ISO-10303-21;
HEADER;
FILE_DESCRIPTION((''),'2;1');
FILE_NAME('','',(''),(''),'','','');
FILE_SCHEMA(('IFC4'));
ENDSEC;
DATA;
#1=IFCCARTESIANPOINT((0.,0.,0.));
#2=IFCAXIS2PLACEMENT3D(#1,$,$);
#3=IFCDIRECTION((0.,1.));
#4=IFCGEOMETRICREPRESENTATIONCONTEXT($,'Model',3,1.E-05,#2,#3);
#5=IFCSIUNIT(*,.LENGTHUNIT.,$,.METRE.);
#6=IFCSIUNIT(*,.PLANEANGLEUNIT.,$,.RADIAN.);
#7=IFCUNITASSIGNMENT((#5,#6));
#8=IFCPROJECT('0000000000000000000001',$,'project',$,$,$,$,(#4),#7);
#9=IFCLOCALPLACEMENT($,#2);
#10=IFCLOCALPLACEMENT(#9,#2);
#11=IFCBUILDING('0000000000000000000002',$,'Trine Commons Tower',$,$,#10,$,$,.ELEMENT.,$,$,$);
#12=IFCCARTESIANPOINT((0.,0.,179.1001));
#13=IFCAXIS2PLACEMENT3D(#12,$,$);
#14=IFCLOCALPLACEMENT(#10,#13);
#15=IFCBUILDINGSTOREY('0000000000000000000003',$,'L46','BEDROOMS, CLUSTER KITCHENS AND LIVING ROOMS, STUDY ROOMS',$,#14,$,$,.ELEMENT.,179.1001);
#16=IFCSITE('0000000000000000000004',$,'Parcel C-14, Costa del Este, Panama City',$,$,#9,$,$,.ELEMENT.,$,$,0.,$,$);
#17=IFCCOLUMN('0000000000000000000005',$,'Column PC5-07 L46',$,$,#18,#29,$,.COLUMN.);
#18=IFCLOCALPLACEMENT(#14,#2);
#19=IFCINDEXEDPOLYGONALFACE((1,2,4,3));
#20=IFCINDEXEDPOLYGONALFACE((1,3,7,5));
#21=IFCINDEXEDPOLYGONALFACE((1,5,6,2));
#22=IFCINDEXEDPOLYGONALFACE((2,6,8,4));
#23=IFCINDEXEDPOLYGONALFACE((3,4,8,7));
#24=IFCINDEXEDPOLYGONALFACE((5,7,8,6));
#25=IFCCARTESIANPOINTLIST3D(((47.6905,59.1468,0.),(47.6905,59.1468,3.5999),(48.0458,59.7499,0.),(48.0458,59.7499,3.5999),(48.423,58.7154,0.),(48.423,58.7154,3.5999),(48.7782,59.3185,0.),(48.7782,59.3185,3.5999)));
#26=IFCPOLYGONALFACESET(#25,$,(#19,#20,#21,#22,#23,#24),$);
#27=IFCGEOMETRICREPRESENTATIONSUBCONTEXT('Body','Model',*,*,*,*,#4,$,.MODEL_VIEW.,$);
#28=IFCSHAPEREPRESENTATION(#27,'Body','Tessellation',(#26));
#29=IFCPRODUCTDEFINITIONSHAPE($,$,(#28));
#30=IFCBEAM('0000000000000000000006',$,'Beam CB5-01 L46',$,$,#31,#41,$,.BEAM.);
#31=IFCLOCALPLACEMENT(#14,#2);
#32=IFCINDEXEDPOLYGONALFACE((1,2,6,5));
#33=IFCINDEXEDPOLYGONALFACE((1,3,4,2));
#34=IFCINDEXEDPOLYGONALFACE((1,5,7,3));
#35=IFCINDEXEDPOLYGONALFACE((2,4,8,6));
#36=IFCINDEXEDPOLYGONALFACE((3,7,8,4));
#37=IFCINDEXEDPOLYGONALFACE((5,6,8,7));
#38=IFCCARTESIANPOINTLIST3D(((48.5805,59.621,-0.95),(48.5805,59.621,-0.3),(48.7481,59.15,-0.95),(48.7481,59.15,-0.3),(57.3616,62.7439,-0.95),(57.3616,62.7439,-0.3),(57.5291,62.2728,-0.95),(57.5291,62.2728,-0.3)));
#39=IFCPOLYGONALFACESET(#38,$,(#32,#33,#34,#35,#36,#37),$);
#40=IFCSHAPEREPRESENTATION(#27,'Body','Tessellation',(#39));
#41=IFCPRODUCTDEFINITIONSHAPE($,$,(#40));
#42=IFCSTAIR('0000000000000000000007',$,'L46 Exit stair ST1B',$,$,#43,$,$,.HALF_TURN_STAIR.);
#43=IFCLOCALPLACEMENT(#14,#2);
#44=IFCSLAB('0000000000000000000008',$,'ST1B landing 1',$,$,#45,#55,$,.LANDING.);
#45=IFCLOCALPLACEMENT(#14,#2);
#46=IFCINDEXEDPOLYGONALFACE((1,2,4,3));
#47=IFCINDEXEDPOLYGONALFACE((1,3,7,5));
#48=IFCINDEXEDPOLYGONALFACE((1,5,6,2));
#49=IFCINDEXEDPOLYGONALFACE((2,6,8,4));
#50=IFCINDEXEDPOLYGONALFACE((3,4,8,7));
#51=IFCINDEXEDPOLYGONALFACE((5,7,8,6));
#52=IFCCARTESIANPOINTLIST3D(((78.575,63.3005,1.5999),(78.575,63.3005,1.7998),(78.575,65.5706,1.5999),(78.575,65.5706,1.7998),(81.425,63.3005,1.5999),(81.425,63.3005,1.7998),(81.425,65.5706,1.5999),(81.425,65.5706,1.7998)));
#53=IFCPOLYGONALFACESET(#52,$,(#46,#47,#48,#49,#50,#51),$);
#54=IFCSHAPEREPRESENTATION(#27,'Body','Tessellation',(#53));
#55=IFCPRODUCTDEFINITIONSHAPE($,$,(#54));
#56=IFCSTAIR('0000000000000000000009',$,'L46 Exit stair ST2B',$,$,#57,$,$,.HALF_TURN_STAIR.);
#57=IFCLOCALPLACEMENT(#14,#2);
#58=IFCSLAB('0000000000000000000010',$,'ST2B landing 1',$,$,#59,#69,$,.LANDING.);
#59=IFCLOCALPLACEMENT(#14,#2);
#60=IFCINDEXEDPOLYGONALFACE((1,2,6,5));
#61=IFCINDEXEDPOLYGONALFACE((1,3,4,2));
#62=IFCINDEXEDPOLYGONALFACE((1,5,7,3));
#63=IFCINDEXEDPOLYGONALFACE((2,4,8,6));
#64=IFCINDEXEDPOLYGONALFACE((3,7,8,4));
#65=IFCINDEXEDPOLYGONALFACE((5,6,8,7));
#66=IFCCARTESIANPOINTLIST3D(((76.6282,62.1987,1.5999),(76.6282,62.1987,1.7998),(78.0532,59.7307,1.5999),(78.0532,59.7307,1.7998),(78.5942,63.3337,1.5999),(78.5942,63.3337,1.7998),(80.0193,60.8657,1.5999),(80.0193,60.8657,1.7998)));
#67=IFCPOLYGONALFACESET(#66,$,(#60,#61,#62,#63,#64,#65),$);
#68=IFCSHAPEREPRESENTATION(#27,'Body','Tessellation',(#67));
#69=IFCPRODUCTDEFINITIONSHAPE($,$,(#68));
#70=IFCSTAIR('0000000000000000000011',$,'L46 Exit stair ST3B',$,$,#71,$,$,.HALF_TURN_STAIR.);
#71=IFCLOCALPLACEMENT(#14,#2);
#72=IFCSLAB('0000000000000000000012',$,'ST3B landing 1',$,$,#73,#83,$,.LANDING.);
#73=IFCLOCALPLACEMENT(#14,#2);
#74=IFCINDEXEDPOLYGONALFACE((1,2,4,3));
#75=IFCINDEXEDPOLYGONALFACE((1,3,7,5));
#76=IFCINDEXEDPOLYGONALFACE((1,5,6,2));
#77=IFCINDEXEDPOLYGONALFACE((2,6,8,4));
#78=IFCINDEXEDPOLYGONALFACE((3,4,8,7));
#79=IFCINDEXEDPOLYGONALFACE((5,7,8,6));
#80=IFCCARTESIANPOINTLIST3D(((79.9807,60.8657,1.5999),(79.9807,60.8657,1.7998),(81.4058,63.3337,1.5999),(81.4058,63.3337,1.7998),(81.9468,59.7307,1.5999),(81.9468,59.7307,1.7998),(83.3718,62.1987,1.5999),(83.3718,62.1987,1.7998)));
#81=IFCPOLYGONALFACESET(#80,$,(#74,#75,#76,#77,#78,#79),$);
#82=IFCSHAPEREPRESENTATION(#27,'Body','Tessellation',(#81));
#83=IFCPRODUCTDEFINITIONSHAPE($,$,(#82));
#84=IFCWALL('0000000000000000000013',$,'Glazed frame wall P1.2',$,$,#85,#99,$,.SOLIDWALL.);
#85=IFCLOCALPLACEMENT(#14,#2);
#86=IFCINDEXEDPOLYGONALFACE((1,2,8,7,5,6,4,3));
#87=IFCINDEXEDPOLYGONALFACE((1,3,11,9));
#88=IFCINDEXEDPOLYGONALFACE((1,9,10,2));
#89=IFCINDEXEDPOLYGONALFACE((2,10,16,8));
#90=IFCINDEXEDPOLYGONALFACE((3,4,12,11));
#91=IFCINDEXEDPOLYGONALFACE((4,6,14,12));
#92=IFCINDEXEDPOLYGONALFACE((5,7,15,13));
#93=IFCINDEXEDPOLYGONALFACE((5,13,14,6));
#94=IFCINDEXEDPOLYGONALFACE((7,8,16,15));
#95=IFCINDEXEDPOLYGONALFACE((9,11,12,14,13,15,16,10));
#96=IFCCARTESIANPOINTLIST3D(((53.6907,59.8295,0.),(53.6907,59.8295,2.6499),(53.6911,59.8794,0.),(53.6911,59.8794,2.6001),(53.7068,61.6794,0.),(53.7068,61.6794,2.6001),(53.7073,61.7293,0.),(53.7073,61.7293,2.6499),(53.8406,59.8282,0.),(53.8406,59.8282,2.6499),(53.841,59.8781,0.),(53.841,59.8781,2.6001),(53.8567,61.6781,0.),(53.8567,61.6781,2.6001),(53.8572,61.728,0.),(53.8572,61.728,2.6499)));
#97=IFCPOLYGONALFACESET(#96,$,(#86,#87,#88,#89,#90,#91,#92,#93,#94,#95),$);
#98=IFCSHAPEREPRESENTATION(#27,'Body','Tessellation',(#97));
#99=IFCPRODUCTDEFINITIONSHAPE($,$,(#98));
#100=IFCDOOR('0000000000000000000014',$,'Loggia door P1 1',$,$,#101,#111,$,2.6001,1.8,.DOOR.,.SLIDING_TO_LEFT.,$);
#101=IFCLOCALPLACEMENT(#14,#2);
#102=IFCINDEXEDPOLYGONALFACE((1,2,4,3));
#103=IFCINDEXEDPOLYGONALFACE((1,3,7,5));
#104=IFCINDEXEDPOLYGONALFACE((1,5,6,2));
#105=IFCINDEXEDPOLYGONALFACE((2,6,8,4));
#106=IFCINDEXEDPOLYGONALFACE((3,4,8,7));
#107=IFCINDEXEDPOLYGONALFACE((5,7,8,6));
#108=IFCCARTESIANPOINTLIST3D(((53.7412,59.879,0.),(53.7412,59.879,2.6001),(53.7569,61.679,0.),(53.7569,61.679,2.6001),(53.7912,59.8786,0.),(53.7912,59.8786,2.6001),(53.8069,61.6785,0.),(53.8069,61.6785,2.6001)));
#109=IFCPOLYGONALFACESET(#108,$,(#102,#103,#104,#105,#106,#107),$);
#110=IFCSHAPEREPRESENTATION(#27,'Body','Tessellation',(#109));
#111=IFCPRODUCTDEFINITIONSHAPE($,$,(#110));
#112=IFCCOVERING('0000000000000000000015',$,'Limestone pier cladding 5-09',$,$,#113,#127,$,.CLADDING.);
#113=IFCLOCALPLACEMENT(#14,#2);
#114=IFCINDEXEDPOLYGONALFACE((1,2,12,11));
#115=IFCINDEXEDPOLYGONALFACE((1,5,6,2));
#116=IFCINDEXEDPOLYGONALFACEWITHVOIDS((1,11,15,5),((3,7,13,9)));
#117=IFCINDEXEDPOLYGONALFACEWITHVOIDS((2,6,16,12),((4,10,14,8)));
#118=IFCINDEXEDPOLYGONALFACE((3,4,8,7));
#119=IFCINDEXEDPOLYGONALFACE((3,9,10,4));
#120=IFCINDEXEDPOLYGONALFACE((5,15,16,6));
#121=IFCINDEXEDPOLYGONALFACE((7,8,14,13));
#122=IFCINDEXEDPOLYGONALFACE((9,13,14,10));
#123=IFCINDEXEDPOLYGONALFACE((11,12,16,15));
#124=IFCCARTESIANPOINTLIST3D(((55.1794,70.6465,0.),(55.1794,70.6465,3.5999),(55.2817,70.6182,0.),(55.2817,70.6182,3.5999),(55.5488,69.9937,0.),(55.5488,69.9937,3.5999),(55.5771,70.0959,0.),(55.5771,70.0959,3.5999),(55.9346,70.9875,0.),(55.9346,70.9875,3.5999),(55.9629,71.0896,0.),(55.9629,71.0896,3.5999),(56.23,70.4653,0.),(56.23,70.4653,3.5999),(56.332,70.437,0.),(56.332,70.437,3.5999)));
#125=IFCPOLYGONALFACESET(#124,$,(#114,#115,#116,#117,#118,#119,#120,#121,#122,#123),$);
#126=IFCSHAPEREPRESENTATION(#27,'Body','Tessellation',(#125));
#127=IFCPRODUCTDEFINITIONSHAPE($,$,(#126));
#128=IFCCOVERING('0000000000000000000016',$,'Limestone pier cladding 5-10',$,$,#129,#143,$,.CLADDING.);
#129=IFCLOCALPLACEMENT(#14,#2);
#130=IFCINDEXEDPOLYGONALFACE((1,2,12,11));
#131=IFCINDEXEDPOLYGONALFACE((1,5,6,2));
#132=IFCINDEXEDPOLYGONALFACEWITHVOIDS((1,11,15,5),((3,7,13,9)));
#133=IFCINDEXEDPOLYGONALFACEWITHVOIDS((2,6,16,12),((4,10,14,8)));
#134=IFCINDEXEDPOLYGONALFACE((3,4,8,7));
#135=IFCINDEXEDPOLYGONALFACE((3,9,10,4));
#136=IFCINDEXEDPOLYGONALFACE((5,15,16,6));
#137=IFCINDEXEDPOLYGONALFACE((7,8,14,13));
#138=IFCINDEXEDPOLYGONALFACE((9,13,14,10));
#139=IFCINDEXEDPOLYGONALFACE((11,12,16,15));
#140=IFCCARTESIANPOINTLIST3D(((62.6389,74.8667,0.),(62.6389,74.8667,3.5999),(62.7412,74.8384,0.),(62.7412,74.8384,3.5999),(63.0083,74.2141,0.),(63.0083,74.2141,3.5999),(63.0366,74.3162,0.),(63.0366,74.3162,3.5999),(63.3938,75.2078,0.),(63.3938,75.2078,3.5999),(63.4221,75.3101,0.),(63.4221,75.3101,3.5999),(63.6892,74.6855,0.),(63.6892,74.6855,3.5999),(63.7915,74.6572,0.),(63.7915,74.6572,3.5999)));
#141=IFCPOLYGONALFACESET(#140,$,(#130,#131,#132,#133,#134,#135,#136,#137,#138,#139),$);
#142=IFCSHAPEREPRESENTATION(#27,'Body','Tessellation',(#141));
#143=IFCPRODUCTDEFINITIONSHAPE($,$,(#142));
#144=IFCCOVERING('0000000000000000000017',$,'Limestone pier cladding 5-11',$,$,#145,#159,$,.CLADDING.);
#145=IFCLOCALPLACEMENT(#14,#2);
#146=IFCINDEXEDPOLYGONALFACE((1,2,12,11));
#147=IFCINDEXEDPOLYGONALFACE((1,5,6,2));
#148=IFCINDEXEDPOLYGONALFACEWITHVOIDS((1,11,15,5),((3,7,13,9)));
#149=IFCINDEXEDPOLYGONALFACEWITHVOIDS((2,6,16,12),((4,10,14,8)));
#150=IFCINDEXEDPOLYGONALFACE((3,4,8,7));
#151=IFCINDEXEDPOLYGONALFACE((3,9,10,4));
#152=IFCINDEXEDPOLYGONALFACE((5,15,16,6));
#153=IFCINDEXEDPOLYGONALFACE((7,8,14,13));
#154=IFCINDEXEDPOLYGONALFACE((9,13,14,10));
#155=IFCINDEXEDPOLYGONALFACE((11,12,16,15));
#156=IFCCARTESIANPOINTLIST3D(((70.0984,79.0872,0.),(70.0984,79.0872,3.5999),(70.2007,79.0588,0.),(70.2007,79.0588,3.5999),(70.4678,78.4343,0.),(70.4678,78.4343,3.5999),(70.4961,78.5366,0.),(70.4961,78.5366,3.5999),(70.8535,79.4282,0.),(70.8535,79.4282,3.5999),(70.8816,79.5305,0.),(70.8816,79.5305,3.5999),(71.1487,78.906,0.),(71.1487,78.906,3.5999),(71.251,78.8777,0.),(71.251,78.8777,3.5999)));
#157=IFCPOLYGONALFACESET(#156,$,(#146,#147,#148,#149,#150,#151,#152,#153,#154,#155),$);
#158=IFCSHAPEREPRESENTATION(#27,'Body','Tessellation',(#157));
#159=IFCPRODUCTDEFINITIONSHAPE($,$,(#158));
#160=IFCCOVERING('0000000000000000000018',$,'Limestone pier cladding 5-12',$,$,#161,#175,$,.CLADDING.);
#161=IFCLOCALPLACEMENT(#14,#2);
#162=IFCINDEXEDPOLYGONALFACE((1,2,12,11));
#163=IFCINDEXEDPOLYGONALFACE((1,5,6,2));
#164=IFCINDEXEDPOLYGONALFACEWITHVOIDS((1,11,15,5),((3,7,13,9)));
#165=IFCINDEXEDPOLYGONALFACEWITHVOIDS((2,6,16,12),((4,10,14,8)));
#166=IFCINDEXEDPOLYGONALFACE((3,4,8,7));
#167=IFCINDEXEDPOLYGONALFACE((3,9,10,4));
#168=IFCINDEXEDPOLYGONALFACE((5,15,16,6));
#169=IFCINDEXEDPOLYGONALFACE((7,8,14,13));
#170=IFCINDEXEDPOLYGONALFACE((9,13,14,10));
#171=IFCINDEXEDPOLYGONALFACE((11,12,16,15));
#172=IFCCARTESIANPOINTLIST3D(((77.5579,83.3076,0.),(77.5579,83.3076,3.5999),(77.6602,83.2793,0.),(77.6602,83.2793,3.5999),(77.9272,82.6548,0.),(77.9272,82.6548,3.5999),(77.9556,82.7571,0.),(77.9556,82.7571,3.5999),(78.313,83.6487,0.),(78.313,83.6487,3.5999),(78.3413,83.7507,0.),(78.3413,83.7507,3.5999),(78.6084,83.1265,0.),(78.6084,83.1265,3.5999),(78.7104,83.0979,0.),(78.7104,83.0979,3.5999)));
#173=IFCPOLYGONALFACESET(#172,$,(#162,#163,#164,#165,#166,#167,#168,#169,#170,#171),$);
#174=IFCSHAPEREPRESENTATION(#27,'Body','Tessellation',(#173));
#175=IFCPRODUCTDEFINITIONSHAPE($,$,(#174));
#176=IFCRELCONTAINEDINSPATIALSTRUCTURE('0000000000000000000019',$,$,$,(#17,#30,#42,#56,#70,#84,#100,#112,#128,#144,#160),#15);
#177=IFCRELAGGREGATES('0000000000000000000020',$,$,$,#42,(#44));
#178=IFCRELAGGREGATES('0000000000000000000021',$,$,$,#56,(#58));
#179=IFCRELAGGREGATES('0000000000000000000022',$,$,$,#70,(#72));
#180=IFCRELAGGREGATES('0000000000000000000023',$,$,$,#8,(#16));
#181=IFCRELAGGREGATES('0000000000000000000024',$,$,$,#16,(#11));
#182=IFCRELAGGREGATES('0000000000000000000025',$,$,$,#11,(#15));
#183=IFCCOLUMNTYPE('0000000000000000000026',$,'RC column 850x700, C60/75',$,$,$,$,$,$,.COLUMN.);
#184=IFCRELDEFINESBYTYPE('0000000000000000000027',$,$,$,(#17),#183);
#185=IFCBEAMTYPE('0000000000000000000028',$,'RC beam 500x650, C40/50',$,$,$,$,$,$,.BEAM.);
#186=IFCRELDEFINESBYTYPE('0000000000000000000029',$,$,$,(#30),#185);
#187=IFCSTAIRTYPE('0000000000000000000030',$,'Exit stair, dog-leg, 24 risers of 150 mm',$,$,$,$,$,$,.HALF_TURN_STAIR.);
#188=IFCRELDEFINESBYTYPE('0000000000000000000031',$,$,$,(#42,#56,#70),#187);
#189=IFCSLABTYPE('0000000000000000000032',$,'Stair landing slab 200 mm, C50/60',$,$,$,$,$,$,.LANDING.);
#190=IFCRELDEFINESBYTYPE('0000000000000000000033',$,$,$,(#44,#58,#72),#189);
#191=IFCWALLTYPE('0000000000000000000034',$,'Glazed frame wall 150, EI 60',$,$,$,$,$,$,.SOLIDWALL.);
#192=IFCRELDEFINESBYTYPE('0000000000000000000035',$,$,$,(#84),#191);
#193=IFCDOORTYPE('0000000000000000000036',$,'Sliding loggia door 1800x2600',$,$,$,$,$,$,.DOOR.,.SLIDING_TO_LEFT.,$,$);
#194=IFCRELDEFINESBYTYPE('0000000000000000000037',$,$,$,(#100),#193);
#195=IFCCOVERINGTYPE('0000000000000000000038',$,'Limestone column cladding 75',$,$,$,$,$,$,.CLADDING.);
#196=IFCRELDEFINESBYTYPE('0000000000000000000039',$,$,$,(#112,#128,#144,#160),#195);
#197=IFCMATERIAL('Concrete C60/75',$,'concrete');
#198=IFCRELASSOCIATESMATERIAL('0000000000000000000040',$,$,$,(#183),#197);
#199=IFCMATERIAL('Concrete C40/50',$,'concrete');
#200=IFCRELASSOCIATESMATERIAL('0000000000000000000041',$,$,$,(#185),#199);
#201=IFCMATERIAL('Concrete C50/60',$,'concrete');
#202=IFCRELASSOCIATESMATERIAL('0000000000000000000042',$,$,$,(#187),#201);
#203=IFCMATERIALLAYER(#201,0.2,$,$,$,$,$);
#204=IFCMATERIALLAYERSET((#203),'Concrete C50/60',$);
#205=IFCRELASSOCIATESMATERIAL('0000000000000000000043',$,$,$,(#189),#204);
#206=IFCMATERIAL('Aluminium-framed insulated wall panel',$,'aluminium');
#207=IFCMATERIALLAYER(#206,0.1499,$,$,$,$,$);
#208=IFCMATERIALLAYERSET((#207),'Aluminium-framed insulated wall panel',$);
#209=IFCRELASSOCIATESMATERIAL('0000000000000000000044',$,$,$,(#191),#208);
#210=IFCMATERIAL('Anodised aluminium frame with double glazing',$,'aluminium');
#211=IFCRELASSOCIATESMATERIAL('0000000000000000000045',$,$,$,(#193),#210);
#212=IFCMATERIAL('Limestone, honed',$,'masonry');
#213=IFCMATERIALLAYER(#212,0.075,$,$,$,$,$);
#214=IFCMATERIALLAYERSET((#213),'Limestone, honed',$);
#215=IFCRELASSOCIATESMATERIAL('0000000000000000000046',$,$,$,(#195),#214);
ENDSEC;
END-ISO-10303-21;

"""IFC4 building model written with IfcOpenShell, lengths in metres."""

from ifc_helpers import new_model, si_unit, direction, frame, frame_2d, origin, origin_2d, place, context, subcontext, project, spatial, polyline, rectangle, outline, extrude, material, layer, layer_set, material_profile, profile_set, type_object, element, fill, aggregate, save


model = new_model("IFC4")

# Units and contexts
model_context = context("Model", 3, precision=1e-05, world=origin(), true_north=direction((0.0, 1.0)))
body_context = subcontext(model_context, "Body", "Model", "MODEL_VIEW")
ifc_project = project(units=[si_unit("LENGTHUNIT", "METRE"), si_unit("PLANEANGLEUNIT", "RADIAN")], contexts=[model_context])

# Site, building, storey
site_placement = place(None, origin())
site = spatial("IfcSite", under=ifc_project, at=site_placement, Name="Parcel C-14, Costa del Este, Panama City", CompositionType="ELEMENT", RefElevation=0.0)
building_placement = place(site_placement, origin())
building = spatial("IfcBuilding", under=site, at=building_placement, Name="Trine Commons Tower", CompositionType="ELEMENT")
storey_placement = place(building_placement, frame((0.0, 0.0, 179.1001)))
storey = spatial("IfcBuildingStorey", under=building, at=storey_placement, Name="L46", Description="BEDROOMS, CLUSTER KITCHENS AND LIVING ROOMS, STUDY ROOMS", CompositionType="ELEMENT", Elevation=179.1001)

# Column
ifc_material_1 = material(Name="Concrete C60/75", Category="concrete")
ifc_material_profile_1 = material_profile(ifc_material_1, rectangle(XDim=0.8501, YDim=0.7, at=origin_2d()), Name="RC 850x700")
ifc_profile_set_1 = profile_set([ifc_material_profile_1], Name="Concrete C60/75")
column_type = type_object("IfcColumnType", Name="RC column 850x700, C60/75", PredefinedType="COLUMN", material=ifc_profile_set_1)
column_placement = place(storey_placement, frame((48.2344, 59.2327, 0.0), z_axis=(0.0, 0.0, 1.0), x_axis=(-0.861629, 0.507538, 0.0)))
element("IfcColumn", 1, at=column_placement, inside=storey, type_object=column_type, Name="Column PC5-07 L46", PredefinedType="COLUMN", context=body_context, shape_type="SweptSolid", body=[
    extrude(rectangle(XDim=0.8501, YDim=0.7, at=origin_2d()), origin(), (0.0, 0.0, 1.0), 3.5999),
])

# Beam
ifc_material_2 = material(Name="Concrete C40/50", Category="concrete")
ifc_material_profile_2 = material_profile(ifc_material_2, rectangle(XDim=0.5, YDim=0.6499, at=origin_2d()), Name="RC 500x650")
ifc_profile_set_2 = profile_set([ifc_material_profile_2], Name="Concrete C40/50")
beam_type = type_object("IfcBeamType", Name="RC beam 500x650, C40/50", PredefinedType="BEAM", material=ifc_profile_set_2)
beam_placement = place(storey_placement, frame((48.6643, 59.3855, -0.625), z_axis=(0.942192, 0.335073, 0.0), x_axis=(-0.335073, 0.942192, 0.0)))
element("IfcBeam", 2, at=beam_placement, inside=storey, type_object=beam_type, Name="Beam CB5-01 L46", PredefinedType="BEAM", context=body_context, shape_type="SweptSolid", body=[
    extrude(rectangle(XDim=0.5, YDim=0.6499, at=origin_2d()), origin(), (0.0, 0.0, 1.0), 9.3198),
])

# Stairs, slabs
ifc_material_3 = material(Name="Concrete C50/60", Category="concrete")
stair_type = type_object("IfcStairType", Name="Exit stair, dog-leg, 24 risers of 150 mm", PredefinedType="HALF_TURN_STAIR", material=ifc_material_3)
stair_1_placement = place(storey_placement, origin())
stair_1 = element("IfcStair", 3, at=stair_1_placement, inside=storey, type_object=stair_type, Name="L46 Exit stair ST1B", PredefinedType="HALF_TURN_STAIR")
ifc_layer_1 = layer(ifc_material_3, 0.2)
ifc_layer_set_1 = layer_set([ifc_layer_1], Name="Concrete C50/60")
slab_type = type_object("IfcSlabType", Name="Stair landing slab 200 mm, C50/60", PredefinedType="LANDING", material=ifc_layer_set_1)
slab_1_placement = place(storey_placement, frame((0.0, 0.0, 1.5999)))
slab_1 = element("IfcSlab", 4, at=slab_1_placement, type_object=slab_type, Name="ST1B landing 1", PredefinedType="LANDING", context=body_context, shape_type="SweptSolid", body=[
    extrude(outline(polyline([(78.575, 65.5706), (78.575, 63.3005), (81.425, 63.3005), (81.425, 65.5706), (78.575, 65.5706)])), origin(), (0.0, 0.0, 1.0), 0.2),
])
aggregate(stair_1, [slab_1])
stair_2_placement = place(storey_placement, origin())
stair_2 = element("IfcStair", 5, at=stair_2_placement, inside=storey, type_object=stair_type, Name="L46 Exit stair ST2B", PredefinedType="HALF_TURN_STAIR")
slab_2_placement = place(storey_placement, frame((0.0, 0.0, 1.5999)))
slab_2 = element("IfcSlab", 6, at=slab_2_placement, type_object=slab_type, Name="ST2B landing 1", PredefinedType="LANDING", context=body_context, shape_type="SweptSolid", body=[
    extrude(outline(polyline([(78.0532, 59.7307), (80.0193, 60.8657), (78.5942, 63.3337), (76.6282, 62.1987), (78.0532, 59.7307)])), origin(), (0.0, 0.0, 1.0), 0.2),
])
aggregate(stair_2, [slab_2])
stair_3_placement = place(storey_placement, origin())
stair_3 = element("IfcStair", 7, at=stair_3_placement, inside=storey, type_object=stair_type, Name="L46 Exit stair ST3B", PredefinedType="HALF_TURN_STAIR")
slab_3_placement = place(storey_placement, frame((0.0, 0.0, 1.5999)))
slab_3 = element("IfcSlab", 8, at=slab_3_placement, type_object=slab_type, Name="ST3B landing 1", PredefinedType="LANDING", context=body_context, shape_type="SweptSolid", body=[
    extrude(outline(polyline([(83.3718, 62.1987), (81.4058, 63.3337), (79.9807, 60.8657), (81.9468, 59.7307), (83.3718, 62.1987)])), origin(), (0.0, 0.0, 1.0), 0.2),
])
aggregate(stair_3, [slab_3])

# Shared definitions
ifc_material_4 = material(Name="Aluminium-framed insulated wall panel", Category="aluminium")
ifc_layer_2 = layer(ifc_material_4, 0.1499)
ifc_layer_set_2 = layer_set([ifc_layer_2], Name="Aluminium-framed insulated wall panel")
wall_type = type_object("IfcWallType", Name="Glazed frame wall 150, EI 60", PredefinedType="SOLIDWALL", material=ifc_layer_set_2)

# Wall, opening, door
wall_1_placement = place(storey_placement, frame((53.7656, 59.8289, 0.0), z_axis=(0.0, 0.0, 1.0), x_axis=(0.008738, 0.999962, 0.0)))
wall_1 = element("IfcWall", 9, at=wall_1_placement, inside=storey, type_object=wall_type, Name="Glazed frame wall P1.2", PredefinedType="SOLIDWALL", context=body_context, shape_type="SweptSolid", body=[
    extrude(outline(polyline([(0.0, -0.075), (1.8999, -0.075), (1.8999, 0.075), (0.0, 0.075), (0.0, -0.075)])), origin(), (0.0, 0.0, 1.0), 2.6499),
])
opening_placement = place(wall_1_placement, frame((0.05, 0.0, 0.0)))
opening = element("IfcOpeningElement", 10, at=opening_placement, cuts=wall_1, PredefinedType="OPENING", context=body_context, shape_type="SweptSolid", body=[
    extrude(rectangle(XDim=1.8, YDim=2.6001, at=frame_2d((0.8999, 1.3))), frame((0.0, 0.085, 0.0), z_axis=(0.0, -1.0, 0.0), x_axis=(1.0, 0.0, 0.0)), (0.0, 0.0, 1.0), 0.1699),
])
ifc_material_5 = material(Name="Anodised aluminium frame with double glazing", Category="aluminium")
door_type = type_object("IfcDoorType", Name="Sliding loggia door 1800x2600", OperationType="SLIDING_TO_LEFT", PredefinedType="DOOR", material=ifc_material_5)
door_placement = place(opening_placement, origin())
door = element("IfcDoor", 11, at=door_placement, inside=storey, type_object=door_type, Name="Loggia door P1 1", OperationType="SLIDING_TO_LEFT", OverallHeight=2.6001, OverallWidth=1.8, PredefinedType="DOOR", context=body_context, shape_type="SweptSolid", body=[
    extrude(rectangle(XDim=1.8, YDim=2.6001, at=frame_2d((0.8999, 1.3))), frame((0.0, 0.0249, 0.0), z_axis=(0.0, -1.0, 0.0), x_axis=(1.0, 0.0, 0.0)), (0.0, 0.0, 1.0), 0.05),
])
fill(opening, door)

# Coverings
ifc_material_6 = material(Name="Limestone, honed", Category="masonry")
ifc_layer_3 = layer(ifc_material_6, 0.075)
ifc_layer_set_3 = layer_set([ifc_layer_3], Name="Limestone, honed")
covering_type_1 = type_object("IfcCoveringType", Name="Limestone column cladding 75", PredefinedType="CLADDING", material=ifc_layer_set_3)
covering_1_placement = place(storey_placement, origin())
element("IfcCovering", 12, at=covering_1_placement, inside=storey, type_object=covering_type_1, Name="Limestone pier cladding 5-09", PredefinedType="CLADDING", context=body_context, shape_type="SweptSolid", body=[
    extrude(outline(polyline([(56.332, 70.437), (55.9629, 71.0896), (55.1794, 70.6465), (55.5488, 69.9937), (56.332, 70.437)]), holes=[polyline([(56.23, 70.4653), (55.9346, 70.9875), (55.2817, 70.6182), (55.5771, 70.0959), (56.23, 70.4653)])]), origin(), (0.0, 0.0, 1.0), 3.5999),
])
covering_2_placement = place(storey_placement, origin())
element("IfcCovering", 13, at=covering_2_placement, inside=storey, type_object=covering_type_1, Name="Limestone pier cladding 5-10", PredefinedType="CLADDING", context=body_context, shape_type="SweptSolid", body=[
    extrude(outline(polyline([(63.7915, 74.6572), (63.4221, 75.3101), (62.6389, 74.8667), (63.0083, 74.2141), (63.7915, 74.6572)]), holes=[polyline([(63.6892, 74.6855), (63.3938, 75.2078), (62.7412, 74.8384), (63.0366, 74.3162), (63.6892, 74.6855)])]), origin(), (0.0, 0.0, 1.0), 3.5999),
])
covering_3_placement = place(storey_placement, origin())
element("IfcCovering", 14, at=covering_3_placement, inside=storey, type_object=covering_type_1, Name="Limestone pier cladding 5-11", PredefinedType="CLADDING", context=body_context, shape_type="SweptSolid", body=[
    extrude(outline(polyline([(71.251, 78.8777), (70.8816, 79.5305), (70.0984, 79.0872), (70.4678, 78.4343), (71.251, 78.8777)]), holes=[polyline([(71.1487, 78.906), (70.8535, 79.4282), (70.2007, 79.0588), (70.4961, 78.5366), (71.1487, 78.906)])]), origin(), (0.0, 0.0, 1.0), 3.5999),
])
covering_4_placement = place(storey_placement, origin())
element("IfcCovering", 15, at=covering_4_placement, inside=storey, type_object=covering_type_1, Name="Limestone pier cladding 5-12", PredefinedType="CLADDING", context=body_context, shape_type="SweptSolid", body=[
    extrude(outline(polyline([(78.7104, 83.0979), (78.3413, 83.7507), (77.5579, 83.3076), (77.9272, 82.6548), (78.7104, 83.0979)]), holes=[polyline([(78.6084, 83.1265), (78.313, 83.6487), (77.6602, 83.2793), (77.9556, 82.7571), (78.6084, 83.1265)])]), origin(), (0.0, 0.0, 1.0), 3.5999),
])

save(model, "model.ifc")
